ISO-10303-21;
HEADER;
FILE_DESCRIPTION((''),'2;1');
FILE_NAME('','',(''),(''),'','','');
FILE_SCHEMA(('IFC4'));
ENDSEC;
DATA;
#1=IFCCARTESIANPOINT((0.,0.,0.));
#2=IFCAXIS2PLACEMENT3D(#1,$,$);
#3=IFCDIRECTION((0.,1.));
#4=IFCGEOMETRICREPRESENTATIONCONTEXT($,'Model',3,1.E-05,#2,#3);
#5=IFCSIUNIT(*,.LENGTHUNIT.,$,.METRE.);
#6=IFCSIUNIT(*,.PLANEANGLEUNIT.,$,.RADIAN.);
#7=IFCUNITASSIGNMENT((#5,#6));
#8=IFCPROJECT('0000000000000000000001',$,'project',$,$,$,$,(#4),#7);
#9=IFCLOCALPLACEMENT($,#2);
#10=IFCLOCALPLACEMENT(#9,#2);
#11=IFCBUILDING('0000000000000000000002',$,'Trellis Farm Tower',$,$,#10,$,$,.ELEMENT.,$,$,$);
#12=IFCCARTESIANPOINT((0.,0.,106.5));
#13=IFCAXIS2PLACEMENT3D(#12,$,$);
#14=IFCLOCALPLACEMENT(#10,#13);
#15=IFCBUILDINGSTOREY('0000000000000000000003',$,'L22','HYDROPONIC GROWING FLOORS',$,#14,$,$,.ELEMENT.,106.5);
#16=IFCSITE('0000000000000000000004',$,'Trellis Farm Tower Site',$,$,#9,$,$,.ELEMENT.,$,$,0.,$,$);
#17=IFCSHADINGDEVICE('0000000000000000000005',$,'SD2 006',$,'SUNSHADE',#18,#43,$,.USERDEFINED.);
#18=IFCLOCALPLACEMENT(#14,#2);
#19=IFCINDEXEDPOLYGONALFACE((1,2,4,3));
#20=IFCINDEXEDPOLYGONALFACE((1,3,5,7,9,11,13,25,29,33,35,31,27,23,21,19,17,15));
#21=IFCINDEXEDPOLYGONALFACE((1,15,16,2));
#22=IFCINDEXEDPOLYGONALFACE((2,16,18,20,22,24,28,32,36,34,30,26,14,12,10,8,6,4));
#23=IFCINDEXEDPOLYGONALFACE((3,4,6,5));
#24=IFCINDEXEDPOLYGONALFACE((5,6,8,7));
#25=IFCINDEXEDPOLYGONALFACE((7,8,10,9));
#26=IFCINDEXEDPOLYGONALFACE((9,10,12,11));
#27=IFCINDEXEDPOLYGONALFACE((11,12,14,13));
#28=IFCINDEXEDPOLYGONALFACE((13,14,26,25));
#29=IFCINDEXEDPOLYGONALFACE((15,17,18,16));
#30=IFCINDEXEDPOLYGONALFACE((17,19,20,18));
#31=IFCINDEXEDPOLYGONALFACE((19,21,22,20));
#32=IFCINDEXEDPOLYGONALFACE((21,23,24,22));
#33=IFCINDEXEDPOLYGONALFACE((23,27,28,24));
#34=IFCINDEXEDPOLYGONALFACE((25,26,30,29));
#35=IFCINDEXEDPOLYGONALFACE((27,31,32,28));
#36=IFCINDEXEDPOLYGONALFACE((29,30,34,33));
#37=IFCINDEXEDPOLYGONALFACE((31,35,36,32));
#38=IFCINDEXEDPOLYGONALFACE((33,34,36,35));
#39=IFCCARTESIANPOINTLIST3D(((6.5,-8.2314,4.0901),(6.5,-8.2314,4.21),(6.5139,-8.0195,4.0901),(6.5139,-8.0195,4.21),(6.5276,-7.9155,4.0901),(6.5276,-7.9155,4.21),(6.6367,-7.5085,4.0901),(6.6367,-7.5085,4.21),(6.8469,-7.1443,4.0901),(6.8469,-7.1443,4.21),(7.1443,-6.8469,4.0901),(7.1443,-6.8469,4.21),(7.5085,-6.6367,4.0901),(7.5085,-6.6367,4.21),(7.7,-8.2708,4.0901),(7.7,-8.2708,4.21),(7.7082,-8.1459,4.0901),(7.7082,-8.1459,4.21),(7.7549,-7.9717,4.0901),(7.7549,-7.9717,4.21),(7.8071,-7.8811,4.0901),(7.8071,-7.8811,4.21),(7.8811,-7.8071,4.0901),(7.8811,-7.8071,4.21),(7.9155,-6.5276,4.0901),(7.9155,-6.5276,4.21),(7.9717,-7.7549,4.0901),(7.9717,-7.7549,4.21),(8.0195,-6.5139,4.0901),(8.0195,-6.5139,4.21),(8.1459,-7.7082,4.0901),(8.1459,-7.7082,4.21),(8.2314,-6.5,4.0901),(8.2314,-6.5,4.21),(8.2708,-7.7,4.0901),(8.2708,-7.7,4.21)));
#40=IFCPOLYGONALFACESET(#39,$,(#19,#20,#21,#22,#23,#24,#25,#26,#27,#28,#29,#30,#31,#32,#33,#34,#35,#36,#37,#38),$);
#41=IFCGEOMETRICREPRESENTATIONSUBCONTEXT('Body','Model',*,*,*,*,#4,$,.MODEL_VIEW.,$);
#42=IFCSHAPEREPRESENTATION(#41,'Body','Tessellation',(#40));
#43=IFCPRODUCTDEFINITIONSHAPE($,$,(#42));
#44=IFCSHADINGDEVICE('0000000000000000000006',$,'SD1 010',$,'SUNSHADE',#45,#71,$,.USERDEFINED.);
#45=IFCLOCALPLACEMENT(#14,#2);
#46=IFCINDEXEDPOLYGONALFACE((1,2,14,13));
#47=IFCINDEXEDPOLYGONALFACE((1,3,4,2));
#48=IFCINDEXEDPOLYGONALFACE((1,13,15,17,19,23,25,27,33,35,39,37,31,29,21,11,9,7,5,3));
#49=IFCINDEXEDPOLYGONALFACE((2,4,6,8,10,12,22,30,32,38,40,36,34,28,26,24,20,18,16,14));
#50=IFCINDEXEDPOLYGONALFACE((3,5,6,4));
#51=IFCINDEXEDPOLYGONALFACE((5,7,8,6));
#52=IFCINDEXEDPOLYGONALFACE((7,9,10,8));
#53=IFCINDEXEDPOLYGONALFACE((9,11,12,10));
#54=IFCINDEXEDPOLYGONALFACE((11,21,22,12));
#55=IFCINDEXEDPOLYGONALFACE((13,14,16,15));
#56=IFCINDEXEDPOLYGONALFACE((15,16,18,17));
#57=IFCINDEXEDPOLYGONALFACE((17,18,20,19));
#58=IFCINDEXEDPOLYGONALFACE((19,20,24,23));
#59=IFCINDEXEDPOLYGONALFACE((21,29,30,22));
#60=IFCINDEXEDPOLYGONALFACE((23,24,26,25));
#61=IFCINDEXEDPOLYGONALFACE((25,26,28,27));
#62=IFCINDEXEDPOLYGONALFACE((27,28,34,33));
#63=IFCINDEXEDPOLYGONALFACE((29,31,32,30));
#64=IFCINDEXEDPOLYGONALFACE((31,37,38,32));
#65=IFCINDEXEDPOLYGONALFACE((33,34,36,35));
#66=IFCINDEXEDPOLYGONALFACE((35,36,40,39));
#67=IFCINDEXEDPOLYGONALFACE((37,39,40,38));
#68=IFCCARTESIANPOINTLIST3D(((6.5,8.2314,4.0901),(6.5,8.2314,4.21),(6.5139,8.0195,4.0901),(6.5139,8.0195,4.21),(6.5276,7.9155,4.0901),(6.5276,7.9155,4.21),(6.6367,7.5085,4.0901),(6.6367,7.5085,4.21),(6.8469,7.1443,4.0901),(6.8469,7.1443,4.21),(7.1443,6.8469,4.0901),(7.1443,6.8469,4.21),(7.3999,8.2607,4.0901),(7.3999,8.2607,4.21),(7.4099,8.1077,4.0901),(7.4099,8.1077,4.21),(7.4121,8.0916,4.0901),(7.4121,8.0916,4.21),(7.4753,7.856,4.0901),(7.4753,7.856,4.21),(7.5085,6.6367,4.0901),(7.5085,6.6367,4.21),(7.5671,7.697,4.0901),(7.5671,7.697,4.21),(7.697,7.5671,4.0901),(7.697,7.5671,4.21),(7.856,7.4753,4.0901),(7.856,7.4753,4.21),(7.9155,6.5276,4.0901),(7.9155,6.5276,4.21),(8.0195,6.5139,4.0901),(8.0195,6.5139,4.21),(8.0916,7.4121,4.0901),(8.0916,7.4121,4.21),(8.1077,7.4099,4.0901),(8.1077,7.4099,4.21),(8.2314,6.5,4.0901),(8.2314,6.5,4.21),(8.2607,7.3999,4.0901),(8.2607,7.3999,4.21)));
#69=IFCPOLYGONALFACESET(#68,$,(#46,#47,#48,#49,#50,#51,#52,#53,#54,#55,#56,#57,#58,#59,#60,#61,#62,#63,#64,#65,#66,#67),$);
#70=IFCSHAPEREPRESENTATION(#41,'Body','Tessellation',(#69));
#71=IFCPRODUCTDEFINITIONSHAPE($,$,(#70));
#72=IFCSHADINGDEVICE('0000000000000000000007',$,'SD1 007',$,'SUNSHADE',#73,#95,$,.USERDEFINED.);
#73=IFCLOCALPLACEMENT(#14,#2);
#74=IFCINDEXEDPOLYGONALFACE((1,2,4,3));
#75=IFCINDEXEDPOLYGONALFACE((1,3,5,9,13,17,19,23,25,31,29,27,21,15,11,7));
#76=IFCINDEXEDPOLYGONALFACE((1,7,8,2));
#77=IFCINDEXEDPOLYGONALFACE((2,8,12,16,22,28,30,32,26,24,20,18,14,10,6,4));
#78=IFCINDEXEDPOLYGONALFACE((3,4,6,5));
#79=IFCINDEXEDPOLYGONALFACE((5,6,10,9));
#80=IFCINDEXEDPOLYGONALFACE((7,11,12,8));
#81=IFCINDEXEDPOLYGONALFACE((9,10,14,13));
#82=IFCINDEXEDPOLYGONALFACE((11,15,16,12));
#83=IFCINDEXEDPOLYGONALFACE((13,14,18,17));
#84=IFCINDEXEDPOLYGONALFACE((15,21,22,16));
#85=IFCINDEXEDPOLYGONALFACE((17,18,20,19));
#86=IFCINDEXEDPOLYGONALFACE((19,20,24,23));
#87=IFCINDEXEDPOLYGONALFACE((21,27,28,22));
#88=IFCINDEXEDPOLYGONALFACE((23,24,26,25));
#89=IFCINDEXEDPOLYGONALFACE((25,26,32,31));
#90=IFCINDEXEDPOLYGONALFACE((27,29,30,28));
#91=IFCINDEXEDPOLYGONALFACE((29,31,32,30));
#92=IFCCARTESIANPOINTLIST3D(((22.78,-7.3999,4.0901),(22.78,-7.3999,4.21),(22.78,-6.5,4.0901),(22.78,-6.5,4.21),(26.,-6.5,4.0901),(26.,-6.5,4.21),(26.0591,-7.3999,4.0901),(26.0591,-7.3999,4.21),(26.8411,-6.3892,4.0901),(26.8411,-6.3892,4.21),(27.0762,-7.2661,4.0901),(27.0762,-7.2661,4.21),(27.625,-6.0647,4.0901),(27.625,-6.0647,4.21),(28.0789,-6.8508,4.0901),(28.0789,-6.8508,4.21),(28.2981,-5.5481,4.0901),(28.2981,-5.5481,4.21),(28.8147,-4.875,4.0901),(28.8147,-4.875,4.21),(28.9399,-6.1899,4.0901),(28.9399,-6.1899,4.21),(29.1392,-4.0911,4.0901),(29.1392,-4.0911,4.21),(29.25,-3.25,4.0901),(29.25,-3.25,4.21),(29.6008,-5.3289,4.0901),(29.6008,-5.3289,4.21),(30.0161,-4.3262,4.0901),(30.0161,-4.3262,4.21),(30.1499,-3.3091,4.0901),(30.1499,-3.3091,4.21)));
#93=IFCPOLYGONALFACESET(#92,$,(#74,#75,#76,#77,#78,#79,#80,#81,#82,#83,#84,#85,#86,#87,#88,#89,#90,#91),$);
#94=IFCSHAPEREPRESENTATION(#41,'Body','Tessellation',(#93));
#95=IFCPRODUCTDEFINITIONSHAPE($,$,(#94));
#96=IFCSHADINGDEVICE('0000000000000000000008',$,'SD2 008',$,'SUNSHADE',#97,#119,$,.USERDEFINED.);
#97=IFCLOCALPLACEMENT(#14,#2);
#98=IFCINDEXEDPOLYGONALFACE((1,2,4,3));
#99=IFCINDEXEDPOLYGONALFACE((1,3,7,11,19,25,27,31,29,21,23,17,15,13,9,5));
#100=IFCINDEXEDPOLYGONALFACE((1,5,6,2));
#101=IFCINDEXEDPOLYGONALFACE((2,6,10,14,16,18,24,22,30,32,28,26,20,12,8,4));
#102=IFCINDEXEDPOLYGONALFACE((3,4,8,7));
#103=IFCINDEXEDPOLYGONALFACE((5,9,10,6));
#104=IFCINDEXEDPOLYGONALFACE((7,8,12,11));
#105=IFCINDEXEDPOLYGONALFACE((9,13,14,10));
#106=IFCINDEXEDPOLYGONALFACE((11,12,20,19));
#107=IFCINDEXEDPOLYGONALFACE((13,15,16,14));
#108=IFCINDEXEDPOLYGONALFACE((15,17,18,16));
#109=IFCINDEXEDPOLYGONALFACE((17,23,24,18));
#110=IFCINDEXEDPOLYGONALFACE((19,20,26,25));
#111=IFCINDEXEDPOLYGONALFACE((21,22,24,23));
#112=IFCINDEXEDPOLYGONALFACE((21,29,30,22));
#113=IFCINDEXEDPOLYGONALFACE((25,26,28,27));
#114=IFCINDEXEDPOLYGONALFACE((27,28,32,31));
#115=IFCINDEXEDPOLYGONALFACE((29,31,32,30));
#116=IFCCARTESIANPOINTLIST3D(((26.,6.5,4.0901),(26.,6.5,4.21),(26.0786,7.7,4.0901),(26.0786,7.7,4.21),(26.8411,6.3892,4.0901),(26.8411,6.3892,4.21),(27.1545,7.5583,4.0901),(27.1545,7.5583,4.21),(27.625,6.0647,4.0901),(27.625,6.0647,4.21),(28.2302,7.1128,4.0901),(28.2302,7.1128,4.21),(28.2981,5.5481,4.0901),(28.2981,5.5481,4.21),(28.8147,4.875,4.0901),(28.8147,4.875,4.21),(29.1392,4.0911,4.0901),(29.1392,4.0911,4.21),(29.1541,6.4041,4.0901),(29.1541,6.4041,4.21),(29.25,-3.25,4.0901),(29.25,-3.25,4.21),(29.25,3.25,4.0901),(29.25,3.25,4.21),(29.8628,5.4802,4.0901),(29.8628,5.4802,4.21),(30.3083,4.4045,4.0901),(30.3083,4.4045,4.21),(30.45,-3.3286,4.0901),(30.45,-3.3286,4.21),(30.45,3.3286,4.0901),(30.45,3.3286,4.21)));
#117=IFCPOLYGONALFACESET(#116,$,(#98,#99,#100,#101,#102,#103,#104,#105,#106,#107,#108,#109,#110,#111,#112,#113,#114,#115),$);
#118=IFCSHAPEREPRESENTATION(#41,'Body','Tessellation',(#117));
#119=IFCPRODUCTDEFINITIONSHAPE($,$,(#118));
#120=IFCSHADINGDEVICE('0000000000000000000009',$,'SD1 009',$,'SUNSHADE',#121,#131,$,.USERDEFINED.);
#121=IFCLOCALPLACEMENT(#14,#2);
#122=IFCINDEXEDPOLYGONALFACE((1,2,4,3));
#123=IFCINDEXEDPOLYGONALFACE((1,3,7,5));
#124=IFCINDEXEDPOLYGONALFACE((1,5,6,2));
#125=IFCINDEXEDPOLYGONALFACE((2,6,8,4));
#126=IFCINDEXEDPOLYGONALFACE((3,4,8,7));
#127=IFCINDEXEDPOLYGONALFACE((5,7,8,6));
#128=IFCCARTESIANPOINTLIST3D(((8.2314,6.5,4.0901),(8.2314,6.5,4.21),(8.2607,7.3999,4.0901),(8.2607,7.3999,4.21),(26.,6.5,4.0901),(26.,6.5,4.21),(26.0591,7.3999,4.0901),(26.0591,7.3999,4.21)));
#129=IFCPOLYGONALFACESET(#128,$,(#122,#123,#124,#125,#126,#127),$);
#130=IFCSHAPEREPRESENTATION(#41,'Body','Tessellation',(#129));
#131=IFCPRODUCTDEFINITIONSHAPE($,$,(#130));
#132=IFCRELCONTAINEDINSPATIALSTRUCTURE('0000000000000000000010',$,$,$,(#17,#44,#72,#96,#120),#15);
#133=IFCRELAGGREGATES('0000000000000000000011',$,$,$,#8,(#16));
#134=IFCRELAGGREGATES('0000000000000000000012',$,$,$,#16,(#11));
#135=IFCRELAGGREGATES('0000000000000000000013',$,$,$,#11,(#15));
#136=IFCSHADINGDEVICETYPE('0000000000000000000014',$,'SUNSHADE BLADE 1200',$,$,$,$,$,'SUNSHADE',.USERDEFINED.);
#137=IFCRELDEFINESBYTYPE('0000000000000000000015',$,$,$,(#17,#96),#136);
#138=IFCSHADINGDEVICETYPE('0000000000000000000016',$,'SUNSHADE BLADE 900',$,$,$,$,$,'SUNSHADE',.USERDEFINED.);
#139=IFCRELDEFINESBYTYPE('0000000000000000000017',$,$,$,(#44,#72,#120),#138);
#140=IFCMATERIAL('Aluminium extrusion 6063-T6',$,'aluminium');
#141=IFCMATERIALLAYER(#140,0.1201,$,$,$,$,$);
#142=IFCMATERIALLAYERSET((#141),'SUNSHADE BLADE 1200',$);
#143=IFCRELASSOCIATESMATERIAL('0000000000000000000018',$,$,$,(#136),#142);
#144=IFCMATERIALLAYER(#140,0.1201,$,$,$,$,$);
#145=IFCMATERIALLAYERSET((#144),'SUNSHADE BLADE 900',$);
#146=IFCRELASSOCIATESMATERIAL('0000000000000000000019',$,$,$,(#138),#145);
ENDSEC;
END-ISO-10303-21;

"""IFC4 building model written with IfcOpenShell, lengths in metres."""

from ifc_helpers import new_model, si_unit, direction, frame, origin, place, context, subcontext, project, spatial, polyline, outline, extrude, source, transform, mapped, material, layer, layer_set, type_object, element, save


model = new_model("IFC4")

# Units and contexts
model_context = context("Model", 3, precision=1e-05, world=origin(), true_north=direction((0.0, 1.0)))
body_context = subcontext(model_context, "Body", "Model", "MODEL_VIEW")
ifc_project = project(units=[si_unit("LENGTHUNIT", "METRE"), si_unit("PLANEANGLEUNIT", "RADIAN")], contexts=[model_context])

# Site, building, storey
site_placement = place(None, origin())
site = spatial("IfcSite", under=ifc_project, at=site_placement, Name="Trellis Farm Tower Site", CompositionType="ELEMENT", RefElevation=0.0)
building_placement = place(site_placement, origin())
building = spatial("IfcBuilding", under=site, at=building_placement, Name="Trellis Farm Tower", CompositionType="ELEMENT")
storey_placement = place(building_placement, frame((0.0, 0.0, 106.5)))
storey = spatial("IfcBuildingStorey", under=building, at=storey_placement, Name="L22", Description="HYDROPONIC GROWING FLOORS", CompositionType="ELEMENT", Elevation=106.5)

# Shared definitions
ifc_material_1 = material(Name="Aluminium extrusion 6063-T6", Category="aluminium")

# Shading devices
ifc_layer_1 = layer(ifc_material_1, 0.1201)
ifc_layer_set_1 = layer_set([ifc_layer_1], Name="SUNSHADE BLADE 1200")
shading_device_type_1 = type_object("IfcShadingDeviceType", Name="SUNSHADE BLADE 1200", ElementType="SUNSHADE", PredefinedType="USERDEFINED", material=ifc_layer_set_1)
shared_shape_1 = source(origin(), body_context, "Body", "SweptSolid", [
    extrude(outline(polyline([(7.7, -8.2708), (7.7087, -8.1372), (7.707, -8.1501), (7.7549, -7.9717), (7.8071, -7.8811), (7.8811, -7.8071), (7.9717, -7.7549), (8.1501, -7.707), (8.1372, -7.7087), (8.2708, -7.7), (8.2314, -6.5), (8.0195, -6.5139), (7.9155, -6.5276), (7.5085, -6.6367), (7.1443, -6.8469), (6.8469, -7.1443), (6.6367, -7.5085), (6.5276, -7.9155), (6.5139, -8.0195), (6.5, -8.2314), (7.7, -8.2708)])), origin(), (0.0, 0.0, 1.0), 0.1199),
])
placement_1 = place(storey_placement, frame((0.0, 0.0, 4.0901)))
element("IfcShadingDevice", 1, at=placement_1, inside=storey, type_object=shading_device_type_1, Name="SD2 006", ObjectType="SUNSHADE", PredefinedType="USERDEFINED", context=body_context, shape_type="MappedRepresentation", body=[
    mapped(shared_shape_1, transform((0.0, 0.0, 0.0))),
])
ifc_layer_2 = layer(ifc_material_1, 0.1201)
ifc_layer_set_2 = layer_set([ifc_layer_2], Name="SUNSHADE BLADE 900")
shading_device_type_2 = type_object("IfcShadingDeviceType", Name="SUNSHADE BLADE 900", ElementType="SUNSHADE", PredefinedType="USERDEFINED", material=ifc_layer_set_2)
shared_shape_2 = source(origin(), body_context, "Body", "SweptSolid", [
    extrude(outline(polyline([(8.2607, 7.3999), (8.1077, 7.4099), (8.0916, 7.4121), (7.856, 7.4753), (7.697, 7.5671), (7.5671, 7.697), (7.4753, 7.856), (7.4121, 8.0916), (7.4099, 8.1077), (7.3999, 8.2607), (6.5, 8.2314), (6.5139, 8.0195), (6.5276, 7.9155), (6.6367, 7.5085), (6.8469, 7.1443), (7.1443, 6.8469), (7.5085, 6.6367), (7.9155, 6.5276), (8.0195, 6.5139), (8.2314, 6.5), (8.2607, 7.3999)])), origin(), (0.0, 0.0, 1.0), 0.1199),
])
element("IfcShadingDevice", 2, at=placement_1, inside=storey, type_object=shading_device_type_2, Name="SD1 010", ObjectType="SUNSHADE", PredefinedType="USERDEFINED", context=body_context, shape_type="MappedRepresentation", body=[
    mapped(shared_shape_2, transform((0.0, 0.0, 0.0))),
])
shared_shape_3 = source(origin(), body_context, "Body", "SweptSolid", [
    extrude(outline(polyline([(22.78, -7.3999), (26.0591, -7.3999), (27.0762, -7.2661), (28.0789, -6.8508), (28.9399, -6.1899), (29.6008, -5.3289), (30.0161, -4.3262), (30.1499, -3.3091), (29.25, -3.25), (29.1392, -4.0911), (28.8147, -4.875), (28.2981, -5.5481), (27.625, -6.0647), (26.8411, -6.3892), (26.0, -6.5), (22.78, -6.5), (22.78, -7.3999)])), origin(), (0.0, 0.0, 1.0), 0.1199),
])
element("IfcShadingDevice", 3, at=placement_1, inside=storey, type_object=shading_device_type_2, Name="SD1 007", ObjectType="SUNSHADE", PredefinedType="USERDEFINED", context=body_context, shape_type="MappedRepresentation", body=[
    mapped(shared_shape_3, transform((0.0, 0.0, 0.0))),
])
shared_shape_4 = source(origin(), body_context, "Body", "SweptSolid", [
    extrude(outline(polyline([(30.45, -3.3286), (30.45, 3.3286), (30.3083, 4.4045), (29.8628, 5.4802), (29.1541, 6.4041), (28.2302, 7.1128), (27.1545, 7.5583), (26.0786, 7.7), (26.0, 6.5), (26.8411, 6.3892), (27.625, 6.0647), (28.2981, 5.5481), (28.8147, 4.875), (29.1392, 4.0911), (29.25, 3.25), (29.25, -3.25), (30.45, -3.3286)])), origin(), (0.0, 0.0, 1.0), 0.1199),
])
element("IfcShadingDevice", 4, at=placement_1, inside=storey, type_object=shading_device_type_1, Name="SD2 008", ObjectType="SUNSHADE", PredefinedType="USERDEFINED", context=body_context, shape_type="MappedRepresentation", body=[
    mapped(shared_shape_4, transform((0.0, 0.0, 0.0))),
])
shared_shape_5 = source(origin(), body_context, "Body", "SweptSolid", [
    extrude(outline(polyline([(26.0591, 7.3999), (8.2607, 7.3999), (8.2314, 6.5), (26.0, 6.5), (26.0591, 7.3999)])), origin(), (0.0, 0.0, 1.0), 0.1199),
])
element("IfcShadingDevice", 5, at=placement_1, inside=storey, type_object=shading_device_type_2, Name="SD1 009", ObjectType="SUNSHADE", PredefinedType="USERDEFINED", context=body_context, shape_type="MappedRepresentation", body=[
    mapped(shared_shape_5, transform((0.0, 0.0, 0.0))),
])

save(model, "model.ifc")
